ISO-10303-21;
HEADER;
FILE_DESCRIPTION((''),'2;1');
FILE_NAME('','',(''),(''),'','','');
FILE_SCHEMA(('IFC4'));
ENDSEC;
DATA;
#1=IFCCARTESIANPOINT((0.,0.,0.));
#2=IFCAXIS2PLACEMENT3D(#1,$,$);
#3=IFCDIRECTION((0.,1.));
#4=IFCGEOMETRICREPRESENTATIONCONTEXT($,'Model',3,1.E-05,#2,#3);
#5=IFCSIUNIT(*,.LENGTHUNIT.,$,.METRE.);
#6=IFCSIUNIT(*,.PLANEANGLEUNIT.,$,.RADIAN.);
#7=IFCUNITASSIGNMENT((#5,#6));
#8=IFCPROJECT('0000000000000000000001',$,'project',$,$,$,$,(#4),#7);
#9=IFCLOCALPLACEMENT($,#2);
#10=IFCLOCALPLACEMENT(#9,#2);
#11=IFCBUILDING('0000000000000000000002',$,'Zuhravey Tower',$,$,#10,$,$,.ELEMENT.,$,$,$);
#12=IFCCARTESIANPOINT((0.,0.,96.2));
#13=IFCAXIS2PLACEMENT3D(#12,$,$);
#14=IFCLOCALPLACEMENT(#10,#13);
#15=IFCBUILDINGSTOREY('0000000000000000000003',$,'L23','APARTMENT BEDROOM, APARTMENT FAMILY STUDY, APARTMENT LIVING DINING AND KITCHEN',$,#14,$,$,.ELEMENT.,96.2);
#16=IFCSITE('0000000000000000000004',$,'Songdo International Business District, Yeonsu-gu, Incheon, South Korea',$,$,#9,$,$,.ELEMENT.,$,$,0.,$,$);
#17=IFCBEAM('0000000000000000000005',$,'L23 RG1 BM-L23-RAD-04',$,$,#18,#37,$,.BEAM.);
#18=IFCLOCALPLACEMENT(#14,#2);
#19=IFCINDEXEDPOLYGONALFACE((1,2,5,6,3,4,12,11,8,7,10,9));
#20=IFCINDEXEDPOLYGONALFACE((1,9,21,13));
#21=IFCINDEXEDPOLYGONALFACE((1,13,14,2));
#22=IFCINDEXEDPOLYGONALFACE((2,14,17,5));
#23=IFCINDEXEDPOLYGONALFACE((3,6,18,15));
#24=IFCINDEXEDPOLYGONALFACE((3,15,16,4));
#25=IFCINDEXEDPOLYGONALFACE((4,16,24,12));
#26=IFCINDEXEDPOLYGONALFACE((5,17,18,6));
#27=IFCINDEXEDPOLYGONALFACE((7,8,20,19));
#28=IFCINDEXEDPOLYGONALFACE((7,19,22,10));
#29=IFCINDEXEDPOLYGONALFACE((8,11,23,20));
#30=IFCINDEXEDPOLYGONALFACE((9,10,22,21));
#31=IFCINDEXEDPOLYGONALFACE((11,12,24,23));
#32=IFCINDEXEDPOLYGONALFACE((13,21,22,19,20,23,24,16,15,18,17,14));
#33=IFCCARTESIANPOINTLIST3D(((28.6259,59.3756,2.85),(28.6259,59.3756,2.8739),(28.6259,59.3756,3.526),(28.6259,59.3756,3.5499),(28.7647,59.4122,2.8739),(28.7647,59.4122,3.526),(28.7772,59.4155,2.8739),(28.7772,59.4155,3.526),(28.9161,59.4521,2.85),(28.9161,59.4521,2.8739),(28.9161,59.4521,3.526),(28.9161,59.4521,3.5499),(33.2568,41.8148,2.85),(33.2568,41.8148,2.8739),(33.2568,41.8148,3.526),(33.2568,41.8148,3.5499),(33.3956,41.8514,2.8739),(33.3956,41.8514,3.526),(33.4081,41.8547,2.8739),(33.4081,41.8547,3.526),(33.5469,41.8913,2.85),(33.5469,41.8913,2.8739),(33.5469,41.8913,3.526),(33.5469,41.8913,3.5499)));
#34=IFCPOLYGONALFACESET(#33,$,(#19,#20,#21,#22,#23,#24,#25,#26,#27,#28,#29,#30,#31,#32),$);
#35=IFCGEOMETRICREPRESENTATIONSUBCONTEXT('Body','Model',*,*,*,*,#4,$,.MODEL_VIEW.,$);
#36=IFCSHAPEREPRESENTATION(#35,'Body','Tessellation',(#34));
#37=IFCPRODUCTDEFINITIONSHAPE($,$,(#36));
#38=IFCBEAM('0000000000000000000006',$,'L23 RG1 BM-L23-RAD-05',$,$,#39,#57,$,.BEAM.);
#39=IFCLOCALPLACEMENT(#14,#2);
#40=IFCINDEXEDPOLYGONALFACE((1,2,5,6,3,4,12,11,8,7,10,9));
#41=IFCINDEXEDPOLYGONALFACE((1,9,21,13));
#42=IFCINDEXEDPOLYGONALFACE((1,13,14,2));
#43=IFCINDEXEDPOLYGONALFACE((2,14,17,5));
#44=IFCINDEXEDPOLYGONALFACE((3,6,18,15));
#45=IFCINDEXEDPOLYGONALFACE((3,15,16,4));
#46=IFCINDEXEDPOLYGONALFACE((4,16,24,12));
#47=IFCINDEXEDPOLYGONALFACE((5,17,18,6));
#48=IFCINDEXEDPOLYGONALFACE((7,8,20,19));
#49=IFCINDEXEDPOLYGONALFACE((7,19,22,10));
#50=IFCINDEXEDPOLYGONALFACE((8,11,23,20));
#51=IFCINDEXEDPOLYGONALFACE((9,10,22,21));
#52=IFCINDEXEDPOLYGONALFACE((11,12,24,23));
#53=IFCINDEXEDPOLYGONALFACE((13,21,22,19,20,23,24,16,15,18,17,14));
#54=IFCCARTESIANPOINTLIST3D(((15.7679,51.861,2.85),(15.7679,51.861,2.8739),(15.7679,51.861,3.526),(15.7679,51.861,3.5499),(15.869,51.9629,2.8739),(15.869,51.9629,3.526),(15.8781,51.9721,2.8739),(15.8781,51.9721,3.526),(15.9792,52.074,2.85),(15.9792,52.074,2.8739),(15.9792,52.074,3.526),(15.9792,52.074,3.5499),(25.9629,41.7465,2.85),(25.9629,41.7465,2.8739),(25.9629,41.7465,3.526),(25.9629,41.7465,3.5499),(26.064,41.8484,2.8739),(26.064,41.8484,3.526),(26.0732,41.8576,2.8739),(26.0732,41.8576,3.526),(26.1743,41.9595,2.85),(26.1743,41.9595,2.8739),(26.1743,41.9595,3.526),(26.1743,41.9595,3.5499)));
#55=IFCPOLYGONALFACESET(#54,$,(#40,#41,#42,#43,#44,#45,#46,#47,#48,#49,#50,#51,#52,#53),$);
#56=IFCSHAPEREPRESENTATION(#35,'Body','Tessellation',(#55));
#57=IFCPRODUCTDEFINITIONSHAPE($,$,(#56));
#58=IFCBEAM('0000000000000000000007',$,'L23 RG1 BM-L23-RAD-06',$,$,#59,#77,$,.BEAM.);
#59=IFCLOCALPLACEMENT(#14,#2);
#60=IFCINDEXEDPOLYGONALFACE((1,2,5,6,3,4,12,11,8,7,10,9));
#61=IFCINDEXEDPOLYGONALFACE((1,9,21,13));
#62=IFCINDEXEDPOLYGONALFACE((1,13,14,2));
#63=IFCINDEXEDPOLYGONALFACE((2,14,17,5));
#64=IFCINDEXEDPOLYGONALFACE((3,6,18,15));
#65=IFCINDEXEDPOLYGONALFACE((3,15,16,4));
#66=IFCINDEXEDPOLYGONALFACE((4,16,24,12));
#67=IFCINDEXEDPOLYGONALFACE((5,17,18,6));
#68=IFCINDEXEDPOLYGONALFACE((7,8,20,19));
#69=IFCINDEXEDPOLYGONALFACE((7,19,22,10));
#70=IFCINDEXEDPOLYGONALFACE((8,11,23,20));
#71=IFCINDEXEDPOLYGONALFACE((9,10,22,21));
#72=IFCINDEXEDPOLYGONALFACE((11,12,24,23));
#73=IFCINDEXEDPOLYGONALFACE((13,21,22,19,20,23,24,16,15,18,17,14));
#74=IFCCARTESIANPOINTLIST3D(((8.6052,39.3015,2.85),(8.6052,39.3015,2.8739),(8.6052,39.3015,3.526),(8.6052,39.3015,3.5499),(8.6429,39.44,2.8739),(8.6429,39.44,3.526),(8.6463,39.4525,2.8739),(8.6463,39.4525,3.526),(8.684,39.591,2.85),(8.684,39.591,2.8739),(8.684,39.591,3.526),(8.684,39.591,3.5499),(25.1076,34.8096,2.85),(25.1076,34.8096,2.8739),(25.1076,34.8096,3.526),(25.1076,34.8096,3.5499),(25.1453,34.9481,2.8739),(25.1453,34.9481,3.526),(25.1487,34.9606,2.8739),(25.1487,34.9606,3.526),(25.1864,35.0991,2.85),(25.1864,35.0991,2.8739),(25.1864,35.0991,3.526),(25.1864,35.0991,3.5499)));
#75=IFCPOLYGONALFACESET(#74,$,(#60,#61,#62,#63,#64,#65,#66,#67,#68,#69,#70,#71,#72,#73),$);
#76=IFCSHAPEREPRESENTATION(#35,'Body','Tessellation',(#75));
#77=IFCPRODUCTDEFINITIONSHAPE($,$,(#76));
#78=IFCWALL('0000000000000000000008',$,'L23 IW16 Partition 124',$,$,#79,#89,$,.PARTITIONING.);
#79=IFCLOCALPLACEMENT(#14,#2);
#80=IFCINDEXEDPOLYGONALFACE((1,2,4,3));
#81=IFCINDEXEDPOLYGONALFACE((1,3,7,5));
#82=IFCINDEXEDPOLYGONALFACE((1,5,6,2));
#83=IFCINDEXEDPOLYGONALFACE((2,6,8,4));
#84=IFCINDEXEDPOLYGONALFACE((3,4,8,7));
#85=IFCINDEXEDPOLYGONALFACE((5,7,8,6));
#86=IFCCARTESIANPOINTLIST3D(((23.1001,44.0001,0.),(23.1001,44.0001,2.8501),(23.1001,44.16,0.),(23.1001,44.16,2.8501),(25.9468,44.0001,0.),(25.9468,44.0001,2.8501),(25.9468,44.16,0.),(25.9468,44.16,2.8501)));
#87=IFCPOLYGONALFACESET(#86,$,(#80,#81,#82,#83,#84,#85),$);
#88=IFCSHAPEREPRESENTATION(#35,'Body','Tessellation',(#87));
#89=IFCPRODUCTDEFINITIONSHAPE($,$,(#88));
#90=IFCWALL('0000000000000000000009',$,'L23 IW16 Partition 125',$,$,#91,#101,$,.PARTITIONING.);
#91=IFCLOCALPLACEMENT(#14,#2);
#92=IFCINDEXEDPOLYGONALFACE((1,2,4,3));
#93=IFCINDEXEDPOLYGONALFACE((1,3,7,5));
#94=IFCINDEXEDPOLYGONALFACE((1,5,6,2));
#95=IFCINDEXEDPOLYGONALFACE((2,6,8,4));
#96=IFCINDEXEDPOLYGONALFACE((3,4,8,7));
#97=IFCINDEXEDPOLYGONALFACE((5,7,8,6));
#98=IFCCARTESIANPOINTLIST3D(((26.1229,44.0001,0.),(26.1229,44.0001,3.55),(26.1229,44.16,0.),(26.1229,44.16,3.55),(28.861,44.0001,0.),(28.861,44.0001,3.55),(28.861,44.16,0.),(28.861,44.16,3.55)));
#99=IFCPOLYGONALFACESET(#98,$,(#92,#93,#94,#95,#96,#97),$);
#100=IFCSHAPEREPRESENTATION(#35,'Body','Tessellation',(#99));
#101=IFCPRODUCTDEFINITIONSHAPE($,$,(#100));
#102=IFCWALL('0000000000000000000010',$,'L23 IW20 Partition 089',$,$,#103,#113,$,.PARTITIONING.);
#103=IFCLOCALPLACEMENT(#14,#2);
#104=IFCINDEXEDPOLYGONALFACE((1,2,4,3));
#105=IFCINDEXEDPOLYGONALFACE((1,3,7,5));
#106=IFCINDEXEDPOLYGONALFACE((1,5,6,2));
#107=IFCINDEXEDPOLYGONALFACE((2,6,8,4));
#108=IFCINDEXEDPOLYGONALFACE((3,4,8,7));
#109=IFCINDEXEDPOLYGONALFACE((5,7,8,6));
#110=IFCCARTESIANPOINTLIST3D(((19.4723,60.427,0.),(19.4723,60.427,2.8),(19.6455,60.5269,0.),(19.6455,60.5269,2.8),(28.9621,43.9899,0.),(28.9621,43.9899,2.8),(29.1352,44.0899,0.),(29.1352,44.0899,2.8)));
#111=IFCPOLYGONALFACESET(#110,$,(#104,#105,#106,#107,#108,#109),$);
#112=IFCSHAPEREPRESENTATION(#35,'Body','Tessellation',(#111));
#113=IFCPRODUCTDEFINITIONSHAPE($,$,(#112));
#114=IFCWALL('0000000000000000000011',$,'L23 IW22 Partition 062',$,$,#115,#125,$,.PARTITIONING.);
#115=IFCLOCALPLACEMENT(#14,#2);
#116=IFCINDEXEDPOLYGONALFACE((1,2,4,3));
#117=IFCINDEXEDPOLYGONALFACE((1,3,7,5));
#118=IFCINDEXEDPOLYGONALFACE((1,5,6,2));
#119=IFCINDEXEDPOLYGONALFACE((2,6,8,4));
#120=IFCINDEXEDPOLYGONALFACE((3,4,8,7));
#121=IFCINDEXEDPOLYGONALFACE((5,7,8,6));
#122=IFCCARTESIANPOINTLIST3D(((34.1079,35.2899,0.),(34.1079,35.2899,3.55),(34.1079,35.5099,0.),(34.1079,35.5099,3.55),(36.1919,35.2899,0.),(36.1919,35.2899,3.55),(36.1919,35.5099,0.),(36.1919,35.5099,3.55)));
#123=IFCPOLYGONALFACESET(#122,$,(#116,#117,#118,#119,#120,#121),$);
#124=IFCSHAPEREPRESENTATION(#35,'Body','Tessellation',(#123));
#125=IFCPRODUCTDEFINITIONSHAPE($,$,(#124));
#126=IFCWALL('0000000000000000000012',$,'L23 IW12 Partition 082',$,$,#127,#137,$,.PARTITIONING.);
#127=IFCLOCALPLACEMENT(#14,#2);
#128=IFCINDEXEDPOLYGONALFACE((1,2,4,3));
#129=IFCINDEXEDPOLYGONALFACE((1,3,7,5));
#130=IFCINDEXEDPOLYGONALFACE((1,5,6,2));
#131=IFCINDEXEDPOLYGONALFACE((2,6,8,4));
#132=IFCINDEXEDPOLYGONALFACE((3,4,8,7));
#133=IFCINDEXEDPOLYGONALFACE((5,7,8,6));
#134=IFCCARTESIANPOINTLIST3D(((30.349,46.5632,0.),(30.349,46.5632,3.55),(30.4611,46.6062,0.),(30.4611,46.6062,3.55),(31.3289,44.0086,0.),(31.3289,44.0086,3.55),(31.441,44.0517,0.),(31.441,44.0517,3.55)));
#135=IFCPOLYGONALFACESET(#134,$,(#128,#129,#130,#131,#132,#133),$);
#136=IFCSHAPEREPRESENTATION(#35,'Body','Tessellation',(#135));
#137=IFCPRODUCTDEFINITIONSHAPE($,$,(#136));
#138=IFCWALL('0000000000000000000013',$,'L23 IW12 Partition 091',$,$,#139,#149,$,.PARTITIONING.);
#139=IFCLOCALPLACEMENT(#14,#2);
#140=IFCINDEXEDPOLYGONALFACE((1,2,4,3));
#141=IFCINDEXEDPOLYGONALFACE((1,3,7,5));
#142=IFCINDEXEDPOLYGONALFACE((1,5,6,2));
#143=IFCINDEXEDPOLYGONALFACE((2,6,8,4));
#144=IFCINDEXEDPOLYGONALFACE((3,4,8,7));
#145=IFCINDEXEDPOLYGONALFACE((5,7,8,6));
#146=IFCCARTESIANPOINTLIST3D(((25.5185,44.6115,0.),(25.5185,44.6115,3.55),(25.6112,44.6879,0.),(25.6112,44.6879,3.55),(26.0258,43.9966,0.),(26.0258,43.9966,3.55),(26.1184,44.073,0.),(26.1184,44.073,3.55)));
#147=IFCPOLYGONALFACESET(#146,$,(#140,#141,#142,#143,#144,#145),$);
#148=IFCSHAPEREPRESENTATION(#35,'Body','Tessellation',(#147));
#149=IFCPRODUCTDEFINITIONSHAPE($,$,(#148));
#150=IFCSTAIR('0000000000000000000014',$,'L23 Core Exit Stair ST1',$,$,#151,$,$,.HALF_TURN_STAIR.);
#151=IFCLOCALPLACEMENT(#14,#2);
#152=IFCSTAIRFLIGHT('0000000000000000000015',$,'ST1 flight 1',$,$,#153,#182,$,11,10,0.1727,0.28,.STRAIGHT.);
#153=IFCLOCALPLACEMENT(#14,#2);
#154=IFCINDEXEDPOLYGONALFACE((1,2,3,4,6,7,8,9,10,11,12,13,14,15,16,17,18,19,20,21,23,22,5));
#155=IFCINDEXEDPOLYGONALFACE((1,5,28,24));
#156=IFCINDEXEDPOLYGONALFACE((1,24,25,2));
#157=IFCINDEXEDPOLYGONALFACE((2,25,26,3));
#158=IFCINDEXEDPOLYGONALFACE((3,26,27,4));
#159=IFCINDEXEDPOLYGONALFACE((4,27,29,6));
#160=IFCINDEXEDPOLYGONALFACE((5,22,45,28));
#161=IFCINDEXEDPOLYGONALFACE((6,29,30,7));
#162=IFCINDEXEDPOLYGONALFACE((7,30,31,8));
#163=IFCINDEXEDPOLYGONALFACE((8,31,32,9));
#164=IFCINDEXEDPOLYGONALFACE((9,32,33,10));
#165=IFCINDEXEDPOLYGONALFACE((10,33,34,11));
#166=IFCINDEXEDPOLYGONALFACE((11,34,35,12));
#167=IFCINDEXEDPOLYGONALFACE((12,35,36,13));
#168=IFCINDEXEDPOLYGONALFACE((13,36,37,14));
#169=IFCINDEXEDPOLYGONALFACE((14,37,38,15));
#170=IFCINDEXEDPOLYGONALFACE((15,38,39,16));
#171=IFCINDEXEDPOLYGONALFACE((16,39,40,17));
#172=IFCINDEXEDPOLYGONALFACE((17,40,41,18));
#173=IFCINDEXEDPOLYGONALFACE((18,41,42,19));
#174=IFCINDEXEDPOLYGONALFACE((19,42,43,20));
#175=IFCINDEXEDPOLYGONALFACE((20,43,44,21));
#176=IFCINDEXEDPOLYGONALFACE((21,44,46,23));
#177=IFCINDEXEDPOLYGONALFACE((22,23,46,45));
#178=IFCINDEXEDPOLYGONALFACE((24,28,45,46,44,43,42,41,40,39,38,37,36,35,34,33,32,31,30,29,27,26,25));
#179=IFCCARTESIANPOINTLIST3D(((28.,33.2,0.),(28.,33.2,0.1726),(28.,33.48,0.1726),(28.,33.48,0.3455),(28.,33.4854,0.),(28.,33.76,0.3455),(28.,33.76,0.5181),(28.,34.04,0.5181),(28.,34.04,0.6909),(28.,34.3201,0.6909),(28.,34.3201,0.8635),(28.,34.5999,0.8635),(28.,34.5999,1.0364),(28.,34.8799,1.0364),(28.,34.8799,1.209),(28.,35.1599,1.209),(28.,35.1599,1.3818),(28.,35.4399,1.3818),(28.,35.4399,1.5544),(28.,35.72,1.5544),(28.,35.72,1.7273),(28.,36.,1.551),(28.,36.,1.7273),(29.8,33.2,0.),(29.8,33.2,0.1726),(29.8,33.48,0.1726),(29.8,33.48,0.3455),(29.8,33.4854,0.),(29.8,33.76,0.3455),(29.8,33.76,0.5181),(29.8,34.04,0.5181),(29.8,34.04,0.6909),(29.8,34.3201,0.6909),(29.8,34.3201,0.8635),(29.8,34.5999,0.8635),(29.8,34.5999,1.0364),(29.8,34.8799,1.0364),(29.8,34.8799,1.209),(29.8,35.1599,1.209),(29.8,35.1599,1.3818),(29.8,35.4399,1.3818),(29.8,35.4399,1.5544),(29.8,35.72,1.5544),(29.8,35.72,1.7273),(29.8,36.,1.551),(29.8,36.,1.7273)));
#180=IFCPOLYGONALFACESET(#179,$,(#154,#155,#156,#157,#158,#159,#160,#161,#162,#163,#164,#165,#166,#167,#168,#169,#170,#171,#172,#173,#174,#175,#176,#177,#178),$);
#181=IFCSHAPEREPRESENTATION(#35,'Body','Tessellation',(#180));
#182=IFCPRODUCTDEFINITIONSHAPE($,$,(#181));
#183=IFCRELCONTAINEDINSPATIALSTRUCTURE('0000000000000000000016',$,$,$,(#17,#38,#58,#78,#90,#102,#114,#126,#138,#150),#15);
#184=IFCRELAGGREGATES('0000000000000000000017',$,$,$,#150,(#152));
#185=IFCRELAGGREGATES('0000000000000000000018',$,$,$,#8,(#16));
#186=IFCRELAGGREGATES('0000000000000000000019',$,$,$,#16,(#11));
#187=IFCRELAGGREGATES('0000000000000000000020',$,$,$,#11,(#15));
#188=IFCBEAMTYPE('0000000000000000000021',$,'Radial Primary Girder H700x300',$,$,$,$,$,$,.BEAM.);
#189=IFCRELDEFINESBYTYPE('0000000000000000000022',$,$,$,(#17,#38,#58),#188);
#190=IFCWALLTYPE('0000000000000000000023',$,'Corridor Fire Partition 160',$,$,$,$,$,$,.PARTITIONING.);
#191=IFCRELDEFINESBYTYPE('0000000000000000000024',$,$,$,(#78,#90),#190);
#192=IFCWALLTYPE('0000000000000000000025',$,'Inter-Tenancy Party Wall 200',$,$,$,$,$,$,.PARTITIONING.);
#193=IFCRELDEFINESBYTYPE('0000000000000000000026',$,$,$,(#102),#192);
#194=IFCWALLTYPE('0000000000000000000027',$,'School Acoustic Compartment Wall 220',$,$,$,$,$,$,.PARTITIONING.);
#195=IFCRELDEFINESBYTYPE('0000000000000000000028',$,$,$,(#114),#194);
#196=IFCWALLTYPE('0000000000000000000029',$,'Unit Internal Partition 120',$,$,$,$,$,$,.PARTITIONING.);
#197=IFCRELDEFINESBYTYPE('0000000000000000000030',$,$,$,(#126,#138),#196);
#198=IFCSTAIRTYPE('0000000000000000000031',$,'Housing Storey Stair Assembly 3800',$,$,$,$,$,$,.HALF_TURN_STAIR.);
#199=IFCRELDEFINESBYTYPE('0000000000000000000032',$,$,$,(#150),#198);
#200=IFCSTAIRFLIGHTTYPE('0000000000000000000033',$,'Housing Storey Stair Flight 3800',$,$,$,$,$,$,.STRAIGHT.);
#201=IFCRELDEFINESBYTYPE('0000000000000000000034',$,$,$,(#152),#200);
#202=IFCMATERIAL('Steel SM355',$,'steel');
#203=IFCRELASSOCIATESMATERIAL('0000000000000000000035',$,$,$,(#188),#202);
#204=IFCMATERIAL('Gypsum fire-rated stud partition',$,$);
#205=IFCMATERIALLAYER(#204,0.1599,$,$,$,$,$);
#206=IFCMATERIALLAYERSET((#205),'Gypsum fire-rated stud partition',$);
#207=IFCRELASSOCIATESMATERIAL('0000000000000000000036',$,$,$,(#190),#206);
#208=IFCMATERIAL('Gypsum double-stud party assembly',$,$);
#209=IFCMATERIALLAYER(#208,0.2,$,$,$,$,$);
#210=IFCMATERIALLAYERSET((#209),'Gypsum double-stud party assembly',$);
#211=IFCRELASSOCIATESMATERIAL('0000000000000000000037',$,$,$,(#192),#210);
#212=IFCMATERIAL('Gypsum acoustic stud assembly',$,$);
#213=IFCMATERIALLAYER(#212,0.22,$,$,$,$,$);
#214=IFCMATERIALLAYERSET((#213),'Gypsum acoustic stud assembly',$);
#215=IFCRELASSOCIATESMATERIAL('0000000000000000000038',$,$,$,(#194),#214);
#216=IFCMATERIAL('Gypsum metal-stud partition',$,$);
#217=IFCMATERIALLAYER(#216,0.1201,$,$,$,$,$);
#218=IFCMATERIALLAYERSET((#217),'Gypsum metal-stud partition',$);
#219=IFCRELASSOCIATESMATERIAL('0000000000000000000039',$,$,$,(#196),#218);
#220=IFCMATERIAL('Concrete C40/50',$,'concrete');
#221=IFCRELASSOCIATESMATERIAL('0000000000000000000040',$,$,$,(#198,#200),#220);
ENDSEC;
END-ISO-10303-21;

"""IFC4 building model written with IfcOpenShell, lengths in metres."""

from ifc_helpers import new_model, si_unit, direction, frame, frame_2d, origin, origin_2d, place, context, subcontext, project, spatial, polyline, rectangle, i_section, outline, extrude, material, layer, layer_set, material_profile, profile_set, type_object, element, aggregate, save


model = new_model("IFC4")

# Units and contexts
model_context = context("Model", 3, precision=1e-05, world=origin(), true_north=direction((0.0, 1.0)))
body_context = subcontext(model_context, "Body", "Model", "MODEL_VIEW")
ifc_project = project(units=[si_unit("LENGTHUNIT", "METRE"), si_unit("PLANEANGLEUNIT", "RADIAN")], contexts=[model_context])

# Site, building, storey
site_placement = place(None, origin())
site = spatial("IfcSite", under=ifc_project, at=site_placement, Name="Songdo International Business District, Yeonsu-gu, Incheon, South Korea", CompositionType="ELEMENT", RefElevation=0.0)
building_placement = place(site_placement, origin())
building = spatial("IfcBuilding", under=site, at=building_placement, Name="Zuhravey Tower", CompositionType="ELEMENT")
storey_placement = place(building_placement, frame((0.0, 0.0, 96.2)))
storey = spatial("IfcBuildingStorey", under=building, at=storey_placement, Name="L23", Description="APARTMENT BEDROOM, APARTMENT FAMILY STUDY, APARTMENT LIVING DINING AND KITCHEN", CompositionType="ELEMENT", Elevation=96.2)

# Beams
ifc_material_1 = material(Name="Steel SM355", Category="steel")
ifc_material_profile = material_profile(ifc_material_1, i_section(OverallWidth=0.3, OverallDepth=0.7, WebThickness=0.0129, FlangeThickness=0.0239, at=origin_2d()), Name="H-700x300x13x24")
ifc_profile_set = profile_set([ifc_material_profile], Name="Steel SM355")
beam_type = type_object("IfcBeamType", Name="Radial Primary Girder H700x300", PredefinedType="BEAM", material=ifc_profile_set)
beam_1_placement = place(storey_placement, frame((33.4019, 41.853, 3.2), z_axis=(-0.254988, 0.966944, 0.0), x_axis=(-0.966944, -0.254988, 0.0)))
element("IfcBeam", 1, at=beam_1_placement, inside=storey, type_object=beam_type, Name="L23 RG1 BM-L23-RAD-04", PredefinedType="BEAM", context=body_context, shape_type="SweptSolid", body=[
    extrude(i_section(OverallWidth=0.3, OverallDepth=0.7, WebThickness=0.0129, FlangeThickness=0.0239, at=origin_2d()), origin(), (0.0, 0.0, 1.0), 18.1611),
])
beam_2_placement = place(storey_placement, frame((26.0686, 41.853, 3.2), z_axis=(-0.709906, 0.704296, 0.0), x_axis=(-0.704296, -0.709906, 0.0)))
element("IfcBeam", 2, at=beam_2_placement, inside=storey, type_object=beam_type, Name="L23 RG1 BM-L23-RAD-05", PredefinedType="BEAM", context=body_context, shape_type="SweptSolid", body=[
    extrude(i_section(OverallWidth=0.3, OverallDepth=0.7, WebThickness=0.0129, FlangeThickness=0.0239, at=origin_2d()), origin(), (0.0, 0.0, 1.0), 14.3611),
])
beam_3_placement = place(storey_placement, frame((25.147, 34.9543, 3.2), z_axis=(-0.964893, 0.262643, 0.0), x_axis=(-0.262643, -0.964893, 0.0)))
element("IfcBeam", 3, at=beam_3_placement, inside=storey, type_object=beam_type, Name="L23 RG1 BM-L23-RAD-06", PredefinedType="BEAM", context=body_context, shape_type="SweptSolid", body=[
    extrude(i_section(OverallWidth=0.3, OverallDepth=0.7, WebThickness=0.0129, FlangeThickness=0.0239, at=origin_2d()), origin(), (0.0, 0.0, 1.0), 17.1028),
])

# Walls
ifc_material_2 = material(Name="Gypsum fire-rated stud partition")
ifc_layer_1 = layer(ifc_material_2, 0.1599)
ifc_layer_set_1 = layer_set([ifc_layer_1], Name="Gypsum fire-rated stud partition")
wall_type_1 = type_object("IfcWallType", Name="Corridor Fire Partition 160", PredefinedType="PARTITIONING", material=ifc_layer_set_1)
wall_1_placement = place(storey_placement, frame((25.9468, 44.0801, 0.0), z_axis=(0.0, 0.0, 1.0), x_axis=(-1.0, 0.0, 0.0)))
element("IfcWall", 4, at=wall_1_placement, inside=storey, type_object=wall_type_1, Name="L23 IW16 Partition 124", PredefinedType="PARTITIONING", context=body_context, shape_type="SweptSolid", body=[
    extrude(rectangle(XDim=2.8467, YDim=0.1599, at=frame_2d((1.4233, 0.0))), origin(), (0.0, 0.0, 1.0), 2.8501),
])
wall_2_placement = place(storey_placement, frame((28.8611, 44.0801, 0.0), z_axis=(0.0, 0.0, 1.0), x_axis=(-1.0, 0.0, 0.0)))
element("IfcWall", 5, at=wall_2_placement, inside=storey, type_object=wall_type_1, Name="L23 IW16 Partition 125", PredefinedType="PARTITIONING", context=body_context, shape_type="SweptSolid", body=[
    extrude(rectangle(XDim=2.738, YDim=0.1599, at=frame_2d((1.3691, 0.0))), origin(), (0.0, 0.0, 1.0), 3.55),
])
ifc_material_3 = material(Name="Gypsum double-stud party assembly")
ifc_layer_2 = layer(ifc_material_3, 0.2)
ifc_layer_set_2 = layer_set([ifc_layer_2], Name="Gypsum double-stud party assembly")
wall_type_2 = type_object("IfcWallType", Name="Inter-Tenancy Party Wall 200", PredefinedType="PARTITIONING", material=ifc_layer_set_2)
wall_3_placement = place(storey_placement, frame((29.0486, 44.04, 0.0), z_axis=(0.0, 0.0, 1.0), x_axis=(-0.499993, 0.866029, 0.0)))
element("IfcWall", 6, at=wall_3_placement, inside=storey, type_object=wall_type_2, Name="L23 IW20 Partition 089", PredefinedType="PARTITIONING", context=body_context, shape_type="SweptSolid", body=[
    extrude(rectangle(XDim=18.9797, YDim=0.2, at=frame_2d((9.4897, 0.0))), origin(), (0.0, 0.0, 1.0), 2.8),
])
ifc_material_4 = material(Name="Gypsum acoustic stud assembly")
ifc_layer_3 = layer(ifc_material_4, 0.22)
ifc_layer_set_3 = layer_set([ifc_layer_3], Name="Gypsum acoustic stud assembly")
wall_type_3 = type_object("IfcWallType", Name="School Acoustic Compartment Wall 220", PredefinedType="PARTITIONING", material=ifc_layer_set_3)
wall_4_placement = place(storey_placement, frame((34.1079, 35.3999, 0.0), z_axis=(0.0, 0.0, 1.0), x_axis=(1.0, 0.0, 0.0)))
element("IfcWall", 7, at=wall_4_placement, inside=storey, type_object=wall_type_3, Name="L23 IW22 Partition 062", PredefinedType="PARTITIONING", context=body_context, shape_type="SweptSolid", body=[
    extrude(rectangle(XDim=2.084, YDim=0.22, at=frame_2d((1.042, 0.0))), origin(), (0.0, 0.0, 1.0), 3.55),
])
ifc_material_5 = material(Name="Gypsum metal-stud partition")
ifc_layer_4 = layer(ifc_material_5, 0.1201)
ifc_layer_set_4 = layer_set([ifc_layer_4], Name="Gypsum metal-stud partition")
wall_type_4 = type_object("IfcWallType", Name="Unit Internal Partition 120", PredefinedType="PARTITIONING", material=ifc_layer_set_4)
wall_5_placement = place(storey_placement, frame((31.385, 44.03, 0.0), z_axis=(0.0, 0.0, 1.0), x_axis=(-0.358154, 0.933663, 0.0)))
element("IfcWall", 8, at=wall_5_placement, inside=storey, type_object=wall_type_4, Name="L23 IW12 Partition 082", PredefinedType="PARTITIONING", context=body_context, shape_type="SweptSolid", body=[
    extrude(rectangle(XDim=2.7361, YDim=0.1201, at=frame_2d((1.3682, 0.0))), origin(), (0.0, 0.0, 1.0), 3.55),
])
wall_6_placement = place(storey_placement, frame((26.072, 44.0349, 0.0), z_axis=(0.0, 0.0, 1.0), x_axis=(-0.636351, 0.7714, 0.0)))
element("IfcWall", 9, at=wall_6_placement, inside=storey, type_object=wall_type_4, Name="L23 IW12 Partition 091", PredefinedType="PARTITIONING", context=body_context, shape_type="SweptSolid", body=[
    extrude(rectangle(XDim=0.7971, YDim=0.1201, at=frame_2d((0.3984, 0.0))), origin(), (0.0, 0.0, 1.0), 3.55),
])

# Stair, stair flight
ifc_material_6 = material(Name="Concrete C40/50", Category="concrete")
stair_type = type_object("IfcStairType", Name="Housing Storey Stair Assembly 3800", PredefinedType="HALF_TURN_STAIR", material=ifc_material_6)
stair_1_placement = place(storey_placement, origin())
stair_1 = element("IfcStair", 10, at=stair_1_placement, inside=storey, type_object=stair_type, Name="L23 Core Exit Stair ST1", PredefinedType="HALF_TURN_STAIR")
stair_flight_type = type_object("IfcStairFlightType", Name="Housing Storey Stair Flight 3800", PredefinedType="STRAIGHT", material=ifc_material_6)
stair_flight_1_placement = place(storey_placement, frame((28.8999, 33.2, 0.0), z_axis=(0.0, 0.0, 1.0), x_axis=(0.0, 1.0, 0.0)))
stair_flight_1 = element("IfcStairFlight", 11, at=stair_flight_1_placement, type_object=stair_flight_type, Name="ST1 flight 1", NumberOfRisers=11, NumberOfTreads=10, PredefinedType="STRAIGHT", RiserHeight=0.1727, TreadLength=0.28, context=body_context, shape_type="SweptSolid", body=[
    extrude(outline(polyline([(0.0, 0.0), (0.0, 0.1726), (0.28, 0.1726), (0.28, 0.3455), (0.5601, 0.3455), (0.5601, 0.5181), (0.8401, 0.5181), (0.8401, 0.6909), (1.1201, 0.6909), (1.1201, 0.8635), (1.3999, 0.8635), (1.3999, 1.0364), (1.6799, 1.0364), (1.6799, 1.209), (1.96, 1.209), (1.96, 1.3818), (2.24, 1.3818), (2.24, 1.5544), (2.52, 1.5544), (2.52, 1.7273), (2.8, 1.7273), (2.8, 1.8999), (2.8, 1.551), (0.2854, 0.0), (0.0, 0.0)])), frame((0.0, 0.8999, 0.0), z_axis=(0.0, -1.0, 0.0), x_axis=(1.0, 0.0, 0.0)), (0.0, 0.0, 1.0), 1.8),
])
aggregate(stair_1, [stair_flight_1])

save(model, "model.ifc")
